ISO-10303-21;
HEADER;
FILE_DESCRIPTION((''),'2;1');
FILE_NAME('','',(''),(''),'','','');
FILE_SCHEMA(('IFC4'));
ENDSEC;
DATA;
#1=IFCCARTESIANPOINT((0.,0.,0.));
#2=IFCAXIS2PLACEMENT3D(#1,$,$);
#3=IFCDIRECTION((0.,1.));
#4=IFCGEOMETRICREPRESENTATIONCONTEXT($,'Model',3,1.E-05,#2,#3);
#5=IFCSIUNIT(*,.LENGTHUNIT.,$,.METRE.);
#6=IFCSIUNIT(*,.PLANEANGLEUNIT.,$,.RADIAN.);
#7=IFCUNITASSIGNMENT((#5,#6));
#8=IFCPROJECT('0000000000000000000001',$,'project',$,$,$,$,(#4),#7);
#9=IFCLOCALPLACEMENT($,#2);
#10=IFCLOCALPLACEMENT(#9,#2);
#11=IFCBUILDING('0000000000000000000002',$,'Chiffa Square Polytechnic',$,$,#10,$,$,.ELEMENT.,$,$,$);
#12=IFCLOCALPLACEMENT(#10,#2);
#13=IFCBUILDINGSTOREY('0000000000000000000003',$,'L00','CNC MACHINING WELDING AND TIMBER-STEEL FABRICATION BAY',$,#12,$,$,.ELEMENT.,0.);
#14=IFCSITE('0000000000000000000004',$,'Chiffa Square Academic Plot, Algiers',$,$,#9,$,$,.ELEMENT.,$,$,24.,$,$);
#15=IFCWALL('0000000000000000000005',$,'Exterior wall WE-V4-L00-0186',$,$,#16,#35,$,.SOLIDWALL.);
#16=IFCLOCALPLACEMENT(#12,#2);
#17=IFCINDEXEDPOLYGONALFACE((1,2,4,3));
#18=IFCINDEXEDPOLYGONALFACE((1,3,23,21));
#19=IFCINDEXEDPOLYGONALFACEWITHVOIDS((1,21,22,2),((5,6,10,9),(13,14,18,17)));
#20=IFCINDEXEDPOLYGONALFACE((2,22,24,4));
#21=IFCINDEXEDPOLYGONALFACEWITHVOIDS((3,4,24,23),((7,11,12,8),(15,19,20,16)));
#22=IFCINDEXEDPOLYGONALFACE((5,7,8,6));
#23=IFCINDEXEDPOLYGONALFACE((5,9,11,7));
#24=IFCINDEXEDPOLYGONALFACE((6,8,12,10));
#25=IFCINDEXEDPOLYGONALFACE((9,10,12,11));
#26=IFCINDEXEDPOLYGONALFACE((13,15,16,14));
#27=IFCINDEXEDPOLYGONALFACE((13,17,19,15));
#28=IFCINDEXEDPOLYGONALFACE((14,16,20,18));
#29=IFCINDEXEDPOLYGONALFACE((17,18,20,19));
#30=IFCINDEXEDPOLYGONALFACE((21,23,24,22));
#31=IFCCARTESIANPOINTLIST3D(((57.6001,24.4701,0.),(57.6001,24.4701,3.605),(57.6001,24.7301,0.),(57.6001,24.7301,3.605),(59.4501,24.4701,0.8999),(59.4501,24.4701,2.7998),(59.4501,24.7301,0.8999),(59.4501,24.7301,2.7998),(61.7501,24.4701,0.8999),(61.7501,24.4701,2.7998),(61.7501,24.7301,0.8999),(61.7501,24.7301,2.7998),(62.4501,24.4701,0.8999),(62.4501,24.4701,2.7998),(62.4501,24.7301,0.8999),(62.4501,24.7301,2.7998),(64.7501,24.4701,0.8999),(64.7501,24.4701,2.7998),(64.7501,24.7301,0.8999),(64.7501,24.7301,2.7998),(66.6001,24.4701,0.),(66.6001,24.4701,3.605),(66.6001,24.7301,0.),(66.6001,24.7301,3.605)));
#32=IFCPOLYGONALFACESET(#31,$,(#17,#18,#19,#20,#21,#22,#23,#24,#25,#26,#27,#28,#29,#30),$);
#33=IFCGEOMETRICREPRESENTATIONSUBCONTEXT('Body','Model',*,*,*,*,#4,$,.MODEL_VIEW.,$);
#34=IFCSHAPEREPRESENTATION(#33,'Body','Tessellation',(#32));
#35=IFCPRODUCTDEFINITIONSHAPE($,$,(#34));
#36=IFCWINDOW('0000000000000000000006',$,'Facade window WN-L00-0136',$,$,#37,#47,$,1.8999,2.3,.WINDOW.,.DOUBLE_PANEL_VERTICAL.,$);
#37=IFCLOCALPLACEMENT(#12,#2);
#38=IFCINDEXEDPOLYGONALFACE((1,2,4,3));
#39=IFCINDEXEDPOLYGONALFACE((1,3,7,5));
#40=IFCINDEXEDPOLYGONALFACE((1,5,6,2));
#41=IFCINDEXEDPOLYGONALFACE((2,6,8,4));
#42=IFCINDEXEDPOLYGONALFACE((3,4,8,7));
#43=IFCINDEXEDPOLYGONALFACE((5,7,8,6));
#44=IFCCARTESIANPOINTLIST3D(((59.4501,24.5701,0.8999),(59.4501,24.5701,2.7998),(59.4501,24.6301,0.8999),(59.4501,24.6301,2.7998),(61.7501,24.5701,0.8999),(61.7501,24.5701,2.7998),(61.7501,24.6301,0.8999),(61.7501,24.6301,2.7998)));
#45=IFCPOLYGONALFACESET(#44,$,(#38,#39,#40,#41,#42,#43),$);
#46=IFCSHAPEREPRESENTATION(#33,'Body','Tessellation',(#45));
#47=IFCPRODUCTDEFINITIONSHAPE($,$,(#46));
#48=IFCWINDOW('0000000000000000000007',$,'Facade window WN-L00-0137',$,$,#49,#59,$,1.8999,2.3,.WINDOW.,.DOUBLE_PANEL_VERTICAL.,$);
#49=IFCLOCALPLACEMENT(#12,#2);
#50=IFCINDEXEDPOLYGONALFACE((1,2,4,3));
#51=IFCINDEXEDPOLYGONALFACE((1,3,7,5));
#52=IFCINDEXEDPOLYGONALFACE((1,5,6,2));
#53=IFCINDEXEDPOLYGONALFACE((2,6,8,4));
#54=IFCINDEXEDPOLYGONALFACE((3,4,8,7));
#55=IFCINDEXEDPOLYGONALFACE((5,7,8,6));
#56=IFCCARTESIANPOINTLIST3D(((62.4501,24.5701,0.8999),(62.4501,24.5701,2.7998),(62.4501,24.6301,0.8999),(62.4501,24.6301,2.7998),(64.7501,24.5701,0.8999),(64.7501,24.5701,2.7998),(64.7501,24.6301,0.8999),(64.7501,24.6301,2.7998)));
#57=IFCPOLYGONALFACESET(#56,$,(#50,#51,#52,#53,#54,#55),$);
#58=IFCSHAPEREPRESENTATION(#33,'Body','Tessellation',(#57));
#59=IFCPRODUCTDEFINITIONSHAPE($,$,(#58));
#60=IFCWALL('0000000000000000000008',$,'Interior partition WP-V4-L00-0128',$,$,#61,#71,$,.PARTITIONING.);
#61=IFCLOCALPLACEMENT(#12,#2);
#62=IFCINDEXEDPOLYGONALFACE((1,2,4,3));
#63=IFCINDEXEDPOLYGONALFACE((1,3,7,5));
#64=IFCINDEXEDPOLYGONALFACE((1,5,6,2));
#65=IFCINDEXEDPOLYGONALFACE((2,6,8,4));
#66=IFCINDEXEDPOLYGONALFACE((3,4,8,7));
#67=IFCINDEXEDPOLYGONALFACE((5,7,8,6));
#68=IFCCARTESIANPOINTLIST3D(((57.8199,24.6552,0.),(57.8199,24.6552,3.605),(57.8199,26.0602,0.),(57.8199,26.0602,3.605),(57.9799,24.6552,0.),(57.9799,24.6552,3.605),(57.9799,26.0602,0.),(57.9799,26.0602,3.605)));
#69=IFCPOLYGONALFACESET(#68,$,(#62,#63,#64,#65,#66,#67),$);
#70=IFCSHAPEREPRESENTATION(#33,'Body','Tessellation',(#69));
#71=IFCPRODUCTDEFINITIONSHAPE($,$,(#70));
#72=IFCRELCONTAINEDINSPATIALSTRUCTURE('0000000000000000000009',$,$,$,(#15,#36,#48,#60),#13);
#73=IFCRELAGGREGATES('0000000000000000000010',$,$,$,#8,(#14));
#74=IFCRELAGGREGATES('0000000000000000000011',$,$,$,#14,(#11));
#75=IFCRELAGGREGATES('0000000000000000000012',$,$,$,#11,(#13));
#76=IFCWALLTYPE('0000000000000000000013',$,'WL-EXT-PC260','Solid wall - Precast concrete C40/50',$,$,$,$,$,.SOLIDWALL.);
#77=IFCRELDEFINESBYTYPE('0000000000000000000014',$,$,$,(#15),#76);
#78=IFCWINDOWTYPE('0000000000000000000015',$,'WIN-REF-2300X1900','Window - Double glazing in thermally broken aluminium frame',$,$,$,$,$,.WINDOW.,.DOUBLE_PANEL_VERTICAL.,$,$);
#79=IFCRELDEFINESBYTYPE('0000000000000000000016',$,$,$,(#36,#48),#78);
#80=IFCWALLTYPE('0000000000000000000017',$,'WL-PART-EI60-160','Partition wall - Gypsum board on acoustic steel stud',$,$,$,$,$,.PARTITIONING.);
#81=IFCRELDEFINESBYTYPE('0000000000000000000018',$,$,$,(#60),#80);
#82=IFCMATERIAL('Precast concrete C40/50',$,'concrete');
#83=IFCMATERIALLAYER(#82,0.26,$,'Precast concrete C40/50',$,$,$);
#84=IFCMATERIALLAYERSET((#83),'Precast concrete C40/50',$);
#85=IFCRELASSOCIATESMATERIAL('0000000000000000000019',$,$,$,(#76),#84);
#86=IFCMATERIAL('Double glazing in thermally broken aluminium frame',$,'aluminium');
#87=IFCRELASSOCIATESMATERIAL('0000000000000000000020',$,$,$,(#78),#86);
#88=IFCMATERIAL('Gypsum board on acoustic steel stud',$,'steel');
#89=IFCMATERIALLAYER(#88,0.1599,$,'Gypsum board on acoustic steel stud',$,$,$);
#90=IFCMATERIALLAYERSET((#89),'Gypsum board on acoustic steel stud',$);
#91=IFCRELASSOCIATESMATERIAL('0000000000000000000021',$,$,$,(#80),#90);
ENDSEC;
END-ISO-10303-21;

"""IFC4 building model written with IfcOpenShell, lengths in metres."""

from ifc_helpers import new_model, si_unit, direction, frame, frame_2d, origin, place, context, subcontext, project, spatial, rectangle, extrude, material, layer, layer_set, type_object, element, fill, save


model = new_model("IFC4")

# Units and contexts
model_context = context("Model", 3, precision=1e-05, world=origin(), true_north=direction((0.0, 1.0)))
body_context = subcontext(model_context, "Body", "Model", "MODEL_VIEW")
ifc_project = project(units=[si_unit("LENGTHUNIT", "METRE"), si_unit("PLANEANGLEUNIT", "RADIAN")], contexts=[model_context])

# Site, building, storey
site_placement = place(None, origin())
site = spatial("IfcSite", under=ifc_project, at=site_placement, Name="Chiffa Square Academic Plot, Algiers", CompositionType="ELEMENT", RefElevation=24.0)
building_placement = place(site_placement, origin())
building = spatial("IfcBuilding", under=site, at=building_placement, Name="Chiffa Square Polytechnic", CompositionType="ELEMENT")
storey_placement = place(building_placement, origin())
storey = spatial("IfcBuildingStorey", under=building, at=storey_placement, Name="L00", Description="CNC MACHINING WELDING AND TIMBER-STEEL FABRICATION BAY", CompositionType="ELEMENT", Elevation=0.0)

# Shared definitions
ifc_material_1 = material(Name="Precast concrete C40/50", Category="concrete")
ifc_layer_1 = layer(ifc_material_1, 0.26, Name="Precast concrete C40/50")
ifc_layer_set_1 = layer_set([ifc_layer_1], Name="Precast concrete C40/50")
wall_type_1 = type_object("IfcWallType", Name="WL-EXT-PC260", Description="Solid wall - Precast concrete C40/50", PredefinedType="SOLIDWALL", material=ifc_layer_set_1)

# Wall, openings, windows
wall_1_placement = place(storey_placement, frame((57.6001, 24.6001, 0.0), z_axis=(0.0, 0.0, 1.0), x_axis=(1.0, 0.0, 0.0)))
wall_1 = element("IfcWall", 1, at=wall_1_placement, inside=storey, type_object=wall_type_1, Name="Exterior wall WE-V4-L00-0186", PredefinedType="SOLIDWALL", context=body_context, shape_type="SweptSolid", body=[
    extrude(rectangle(XDim=9.0, YDim=0.26, at=frame_2d((4.5, 0.0))), origin(), (0.0, 0.0, 1.0), 3.605),
])
opening_1_placement = place(wall_1_placement, frame((1.8501, 0.0, 0.8999)))
opening_1 = element("IfcOpeningElement", 2, at=opening_1_placement, cuts=wall_1, PredefinedType="OPENING", context=body_context, shape_type="SweptSolid", body=[
    extrude(rectangle(XDim=2.3, YDim=1.8999, at=frame_2d((1.1499, 0.95))), frame((0.0, 0.1401, 0.0), z_axis=(0.0, -1.0, 0.0), x_axis=(1.0, 0.0, 0.0)), (0.0, 0.0, 1.0), 0.28),
])
opening_2_placement = place(wall_1_placement, frame((4.8501, 0.0, 0.8999)))
opening_2 = element("IfcOpeningElement", 3, at=opening_2_placement, cuts=wall_1, PredefinedType="OPENING", context=body_context, shape_type="SweptSolid", body=[
    extrude(rectangle(XDim=2.3, YDim=1.8999, at=frame_2d((1.1499, 0.95))), frame((0.0, 0.1401, 0.0), z_axis=(0.0, -1.0, 0.0), x_axis=(1.0, 0.0, 0.0)), (0.0, 0.0, 1.0), 0.28),
])
ifc_material_2 = material(Name="Double glazing in thermally broken aluminium frame", Category="aluminium")
window_type = type_object("IfcWindowType", Name="WIN-REF-2300X1900", Description="Window - Double glazing in thermally broken aluminium frame", PartitioningType="DOUBLE_PANEL_VERTICAL", PredefinedType="WINDOW", material=ifc_material_2)
window_1_placement = place(opening_1_placement, origin())
window_1 = element("IfcWindow", 4, at=window_1_placement, inside=storey, type_object=window_type, Name="Facade window WN-L00-0136", OverallHeight=1.8999, OverallWidth=2.3, PartitioningType="DOUBLE_PANEL_VERTICAL", PredefinedType="WINDOW", context=body_context, shape_type="SweptSolid", body=[
    extrude(rectangle(XDim=2.3, YDim=1.8999, at=frame_2d((1.1499, 0.95))), frame((0.0, 0.03, 0.0), z_axis=(0.0, -1.0, 0.0), x_axis=(1.0, 0.0, 0.0)), (0.0, 0.0, 1.0), 0.0601),
])
fill(opening_1, window_1)
window_2_placement = place(opening_2_placement, origin())
window_2 = element("IfcWindow", 5, at=window_2_placement, inside=storey, type_object=window_type, Name="Facade window WN-L00-0137", OverallHeight=1.8999, OverallWidth=2.3, PartitioningType="DOUBLE_PANEL_VERTICAL", PredefinedType="WINDOW", context=body_context, shape_type="SweptSolid", body=[
    extrude(rectangle(XDim=2.3, YDim=1.8999, at=frame_2d((1.1499, 0.95))), frame((0.0, 0.03, 0.0), z_axis=(0.0, -1.0, 0.0), x_axis=(1.0, 0.0, 0.0)), (0.0, 0.0, 1.0), 0.0601),
])
fill(opening_2, window_2)

# Wall
ifc_material_3 = material(Name="Gypsum board on acoustic steel stud", Category="steel")
ifc_layer_2 = layer(ifc_material_3, 0.1599, Name="Gypsum board on acoustic steel stud")
ifc_layer_set_2 = layer_set([ifc_layer_2], Name="Gypsum board on acoustic steel stud")
wall_type_2 = type_object("IfcWallType", Name="WL-PART-EI60-160", Description="Partition wall - Gypsum board on acoustic steel stud", PredefinedType="PARTITIONING", material=ifc_layer_set_2)
wall_2_placement = place(storey_placement, frame((57.8999, 24.655, 0.0), z_axis=(0.0, 0.0, 1.0), x_axis=(0.0, 1.0, 0.0)))
element("IfcWall", 6, at=wall_2_placement, inside=storey, type_object=wall_type_2, Name="Interior partition WP-V4-L00-0128", PredefinedType="PARTITIONING", context=body_context, shape_type="SweptSolid", body=[
    extrude(rectangle(XDim=1.405, YDim=0.1599, at=frame_2d((0.7026, 0.0))), origin(), (0.0, 0.0, 1.0), 3.605),
])

save(model, "model.ifc")
